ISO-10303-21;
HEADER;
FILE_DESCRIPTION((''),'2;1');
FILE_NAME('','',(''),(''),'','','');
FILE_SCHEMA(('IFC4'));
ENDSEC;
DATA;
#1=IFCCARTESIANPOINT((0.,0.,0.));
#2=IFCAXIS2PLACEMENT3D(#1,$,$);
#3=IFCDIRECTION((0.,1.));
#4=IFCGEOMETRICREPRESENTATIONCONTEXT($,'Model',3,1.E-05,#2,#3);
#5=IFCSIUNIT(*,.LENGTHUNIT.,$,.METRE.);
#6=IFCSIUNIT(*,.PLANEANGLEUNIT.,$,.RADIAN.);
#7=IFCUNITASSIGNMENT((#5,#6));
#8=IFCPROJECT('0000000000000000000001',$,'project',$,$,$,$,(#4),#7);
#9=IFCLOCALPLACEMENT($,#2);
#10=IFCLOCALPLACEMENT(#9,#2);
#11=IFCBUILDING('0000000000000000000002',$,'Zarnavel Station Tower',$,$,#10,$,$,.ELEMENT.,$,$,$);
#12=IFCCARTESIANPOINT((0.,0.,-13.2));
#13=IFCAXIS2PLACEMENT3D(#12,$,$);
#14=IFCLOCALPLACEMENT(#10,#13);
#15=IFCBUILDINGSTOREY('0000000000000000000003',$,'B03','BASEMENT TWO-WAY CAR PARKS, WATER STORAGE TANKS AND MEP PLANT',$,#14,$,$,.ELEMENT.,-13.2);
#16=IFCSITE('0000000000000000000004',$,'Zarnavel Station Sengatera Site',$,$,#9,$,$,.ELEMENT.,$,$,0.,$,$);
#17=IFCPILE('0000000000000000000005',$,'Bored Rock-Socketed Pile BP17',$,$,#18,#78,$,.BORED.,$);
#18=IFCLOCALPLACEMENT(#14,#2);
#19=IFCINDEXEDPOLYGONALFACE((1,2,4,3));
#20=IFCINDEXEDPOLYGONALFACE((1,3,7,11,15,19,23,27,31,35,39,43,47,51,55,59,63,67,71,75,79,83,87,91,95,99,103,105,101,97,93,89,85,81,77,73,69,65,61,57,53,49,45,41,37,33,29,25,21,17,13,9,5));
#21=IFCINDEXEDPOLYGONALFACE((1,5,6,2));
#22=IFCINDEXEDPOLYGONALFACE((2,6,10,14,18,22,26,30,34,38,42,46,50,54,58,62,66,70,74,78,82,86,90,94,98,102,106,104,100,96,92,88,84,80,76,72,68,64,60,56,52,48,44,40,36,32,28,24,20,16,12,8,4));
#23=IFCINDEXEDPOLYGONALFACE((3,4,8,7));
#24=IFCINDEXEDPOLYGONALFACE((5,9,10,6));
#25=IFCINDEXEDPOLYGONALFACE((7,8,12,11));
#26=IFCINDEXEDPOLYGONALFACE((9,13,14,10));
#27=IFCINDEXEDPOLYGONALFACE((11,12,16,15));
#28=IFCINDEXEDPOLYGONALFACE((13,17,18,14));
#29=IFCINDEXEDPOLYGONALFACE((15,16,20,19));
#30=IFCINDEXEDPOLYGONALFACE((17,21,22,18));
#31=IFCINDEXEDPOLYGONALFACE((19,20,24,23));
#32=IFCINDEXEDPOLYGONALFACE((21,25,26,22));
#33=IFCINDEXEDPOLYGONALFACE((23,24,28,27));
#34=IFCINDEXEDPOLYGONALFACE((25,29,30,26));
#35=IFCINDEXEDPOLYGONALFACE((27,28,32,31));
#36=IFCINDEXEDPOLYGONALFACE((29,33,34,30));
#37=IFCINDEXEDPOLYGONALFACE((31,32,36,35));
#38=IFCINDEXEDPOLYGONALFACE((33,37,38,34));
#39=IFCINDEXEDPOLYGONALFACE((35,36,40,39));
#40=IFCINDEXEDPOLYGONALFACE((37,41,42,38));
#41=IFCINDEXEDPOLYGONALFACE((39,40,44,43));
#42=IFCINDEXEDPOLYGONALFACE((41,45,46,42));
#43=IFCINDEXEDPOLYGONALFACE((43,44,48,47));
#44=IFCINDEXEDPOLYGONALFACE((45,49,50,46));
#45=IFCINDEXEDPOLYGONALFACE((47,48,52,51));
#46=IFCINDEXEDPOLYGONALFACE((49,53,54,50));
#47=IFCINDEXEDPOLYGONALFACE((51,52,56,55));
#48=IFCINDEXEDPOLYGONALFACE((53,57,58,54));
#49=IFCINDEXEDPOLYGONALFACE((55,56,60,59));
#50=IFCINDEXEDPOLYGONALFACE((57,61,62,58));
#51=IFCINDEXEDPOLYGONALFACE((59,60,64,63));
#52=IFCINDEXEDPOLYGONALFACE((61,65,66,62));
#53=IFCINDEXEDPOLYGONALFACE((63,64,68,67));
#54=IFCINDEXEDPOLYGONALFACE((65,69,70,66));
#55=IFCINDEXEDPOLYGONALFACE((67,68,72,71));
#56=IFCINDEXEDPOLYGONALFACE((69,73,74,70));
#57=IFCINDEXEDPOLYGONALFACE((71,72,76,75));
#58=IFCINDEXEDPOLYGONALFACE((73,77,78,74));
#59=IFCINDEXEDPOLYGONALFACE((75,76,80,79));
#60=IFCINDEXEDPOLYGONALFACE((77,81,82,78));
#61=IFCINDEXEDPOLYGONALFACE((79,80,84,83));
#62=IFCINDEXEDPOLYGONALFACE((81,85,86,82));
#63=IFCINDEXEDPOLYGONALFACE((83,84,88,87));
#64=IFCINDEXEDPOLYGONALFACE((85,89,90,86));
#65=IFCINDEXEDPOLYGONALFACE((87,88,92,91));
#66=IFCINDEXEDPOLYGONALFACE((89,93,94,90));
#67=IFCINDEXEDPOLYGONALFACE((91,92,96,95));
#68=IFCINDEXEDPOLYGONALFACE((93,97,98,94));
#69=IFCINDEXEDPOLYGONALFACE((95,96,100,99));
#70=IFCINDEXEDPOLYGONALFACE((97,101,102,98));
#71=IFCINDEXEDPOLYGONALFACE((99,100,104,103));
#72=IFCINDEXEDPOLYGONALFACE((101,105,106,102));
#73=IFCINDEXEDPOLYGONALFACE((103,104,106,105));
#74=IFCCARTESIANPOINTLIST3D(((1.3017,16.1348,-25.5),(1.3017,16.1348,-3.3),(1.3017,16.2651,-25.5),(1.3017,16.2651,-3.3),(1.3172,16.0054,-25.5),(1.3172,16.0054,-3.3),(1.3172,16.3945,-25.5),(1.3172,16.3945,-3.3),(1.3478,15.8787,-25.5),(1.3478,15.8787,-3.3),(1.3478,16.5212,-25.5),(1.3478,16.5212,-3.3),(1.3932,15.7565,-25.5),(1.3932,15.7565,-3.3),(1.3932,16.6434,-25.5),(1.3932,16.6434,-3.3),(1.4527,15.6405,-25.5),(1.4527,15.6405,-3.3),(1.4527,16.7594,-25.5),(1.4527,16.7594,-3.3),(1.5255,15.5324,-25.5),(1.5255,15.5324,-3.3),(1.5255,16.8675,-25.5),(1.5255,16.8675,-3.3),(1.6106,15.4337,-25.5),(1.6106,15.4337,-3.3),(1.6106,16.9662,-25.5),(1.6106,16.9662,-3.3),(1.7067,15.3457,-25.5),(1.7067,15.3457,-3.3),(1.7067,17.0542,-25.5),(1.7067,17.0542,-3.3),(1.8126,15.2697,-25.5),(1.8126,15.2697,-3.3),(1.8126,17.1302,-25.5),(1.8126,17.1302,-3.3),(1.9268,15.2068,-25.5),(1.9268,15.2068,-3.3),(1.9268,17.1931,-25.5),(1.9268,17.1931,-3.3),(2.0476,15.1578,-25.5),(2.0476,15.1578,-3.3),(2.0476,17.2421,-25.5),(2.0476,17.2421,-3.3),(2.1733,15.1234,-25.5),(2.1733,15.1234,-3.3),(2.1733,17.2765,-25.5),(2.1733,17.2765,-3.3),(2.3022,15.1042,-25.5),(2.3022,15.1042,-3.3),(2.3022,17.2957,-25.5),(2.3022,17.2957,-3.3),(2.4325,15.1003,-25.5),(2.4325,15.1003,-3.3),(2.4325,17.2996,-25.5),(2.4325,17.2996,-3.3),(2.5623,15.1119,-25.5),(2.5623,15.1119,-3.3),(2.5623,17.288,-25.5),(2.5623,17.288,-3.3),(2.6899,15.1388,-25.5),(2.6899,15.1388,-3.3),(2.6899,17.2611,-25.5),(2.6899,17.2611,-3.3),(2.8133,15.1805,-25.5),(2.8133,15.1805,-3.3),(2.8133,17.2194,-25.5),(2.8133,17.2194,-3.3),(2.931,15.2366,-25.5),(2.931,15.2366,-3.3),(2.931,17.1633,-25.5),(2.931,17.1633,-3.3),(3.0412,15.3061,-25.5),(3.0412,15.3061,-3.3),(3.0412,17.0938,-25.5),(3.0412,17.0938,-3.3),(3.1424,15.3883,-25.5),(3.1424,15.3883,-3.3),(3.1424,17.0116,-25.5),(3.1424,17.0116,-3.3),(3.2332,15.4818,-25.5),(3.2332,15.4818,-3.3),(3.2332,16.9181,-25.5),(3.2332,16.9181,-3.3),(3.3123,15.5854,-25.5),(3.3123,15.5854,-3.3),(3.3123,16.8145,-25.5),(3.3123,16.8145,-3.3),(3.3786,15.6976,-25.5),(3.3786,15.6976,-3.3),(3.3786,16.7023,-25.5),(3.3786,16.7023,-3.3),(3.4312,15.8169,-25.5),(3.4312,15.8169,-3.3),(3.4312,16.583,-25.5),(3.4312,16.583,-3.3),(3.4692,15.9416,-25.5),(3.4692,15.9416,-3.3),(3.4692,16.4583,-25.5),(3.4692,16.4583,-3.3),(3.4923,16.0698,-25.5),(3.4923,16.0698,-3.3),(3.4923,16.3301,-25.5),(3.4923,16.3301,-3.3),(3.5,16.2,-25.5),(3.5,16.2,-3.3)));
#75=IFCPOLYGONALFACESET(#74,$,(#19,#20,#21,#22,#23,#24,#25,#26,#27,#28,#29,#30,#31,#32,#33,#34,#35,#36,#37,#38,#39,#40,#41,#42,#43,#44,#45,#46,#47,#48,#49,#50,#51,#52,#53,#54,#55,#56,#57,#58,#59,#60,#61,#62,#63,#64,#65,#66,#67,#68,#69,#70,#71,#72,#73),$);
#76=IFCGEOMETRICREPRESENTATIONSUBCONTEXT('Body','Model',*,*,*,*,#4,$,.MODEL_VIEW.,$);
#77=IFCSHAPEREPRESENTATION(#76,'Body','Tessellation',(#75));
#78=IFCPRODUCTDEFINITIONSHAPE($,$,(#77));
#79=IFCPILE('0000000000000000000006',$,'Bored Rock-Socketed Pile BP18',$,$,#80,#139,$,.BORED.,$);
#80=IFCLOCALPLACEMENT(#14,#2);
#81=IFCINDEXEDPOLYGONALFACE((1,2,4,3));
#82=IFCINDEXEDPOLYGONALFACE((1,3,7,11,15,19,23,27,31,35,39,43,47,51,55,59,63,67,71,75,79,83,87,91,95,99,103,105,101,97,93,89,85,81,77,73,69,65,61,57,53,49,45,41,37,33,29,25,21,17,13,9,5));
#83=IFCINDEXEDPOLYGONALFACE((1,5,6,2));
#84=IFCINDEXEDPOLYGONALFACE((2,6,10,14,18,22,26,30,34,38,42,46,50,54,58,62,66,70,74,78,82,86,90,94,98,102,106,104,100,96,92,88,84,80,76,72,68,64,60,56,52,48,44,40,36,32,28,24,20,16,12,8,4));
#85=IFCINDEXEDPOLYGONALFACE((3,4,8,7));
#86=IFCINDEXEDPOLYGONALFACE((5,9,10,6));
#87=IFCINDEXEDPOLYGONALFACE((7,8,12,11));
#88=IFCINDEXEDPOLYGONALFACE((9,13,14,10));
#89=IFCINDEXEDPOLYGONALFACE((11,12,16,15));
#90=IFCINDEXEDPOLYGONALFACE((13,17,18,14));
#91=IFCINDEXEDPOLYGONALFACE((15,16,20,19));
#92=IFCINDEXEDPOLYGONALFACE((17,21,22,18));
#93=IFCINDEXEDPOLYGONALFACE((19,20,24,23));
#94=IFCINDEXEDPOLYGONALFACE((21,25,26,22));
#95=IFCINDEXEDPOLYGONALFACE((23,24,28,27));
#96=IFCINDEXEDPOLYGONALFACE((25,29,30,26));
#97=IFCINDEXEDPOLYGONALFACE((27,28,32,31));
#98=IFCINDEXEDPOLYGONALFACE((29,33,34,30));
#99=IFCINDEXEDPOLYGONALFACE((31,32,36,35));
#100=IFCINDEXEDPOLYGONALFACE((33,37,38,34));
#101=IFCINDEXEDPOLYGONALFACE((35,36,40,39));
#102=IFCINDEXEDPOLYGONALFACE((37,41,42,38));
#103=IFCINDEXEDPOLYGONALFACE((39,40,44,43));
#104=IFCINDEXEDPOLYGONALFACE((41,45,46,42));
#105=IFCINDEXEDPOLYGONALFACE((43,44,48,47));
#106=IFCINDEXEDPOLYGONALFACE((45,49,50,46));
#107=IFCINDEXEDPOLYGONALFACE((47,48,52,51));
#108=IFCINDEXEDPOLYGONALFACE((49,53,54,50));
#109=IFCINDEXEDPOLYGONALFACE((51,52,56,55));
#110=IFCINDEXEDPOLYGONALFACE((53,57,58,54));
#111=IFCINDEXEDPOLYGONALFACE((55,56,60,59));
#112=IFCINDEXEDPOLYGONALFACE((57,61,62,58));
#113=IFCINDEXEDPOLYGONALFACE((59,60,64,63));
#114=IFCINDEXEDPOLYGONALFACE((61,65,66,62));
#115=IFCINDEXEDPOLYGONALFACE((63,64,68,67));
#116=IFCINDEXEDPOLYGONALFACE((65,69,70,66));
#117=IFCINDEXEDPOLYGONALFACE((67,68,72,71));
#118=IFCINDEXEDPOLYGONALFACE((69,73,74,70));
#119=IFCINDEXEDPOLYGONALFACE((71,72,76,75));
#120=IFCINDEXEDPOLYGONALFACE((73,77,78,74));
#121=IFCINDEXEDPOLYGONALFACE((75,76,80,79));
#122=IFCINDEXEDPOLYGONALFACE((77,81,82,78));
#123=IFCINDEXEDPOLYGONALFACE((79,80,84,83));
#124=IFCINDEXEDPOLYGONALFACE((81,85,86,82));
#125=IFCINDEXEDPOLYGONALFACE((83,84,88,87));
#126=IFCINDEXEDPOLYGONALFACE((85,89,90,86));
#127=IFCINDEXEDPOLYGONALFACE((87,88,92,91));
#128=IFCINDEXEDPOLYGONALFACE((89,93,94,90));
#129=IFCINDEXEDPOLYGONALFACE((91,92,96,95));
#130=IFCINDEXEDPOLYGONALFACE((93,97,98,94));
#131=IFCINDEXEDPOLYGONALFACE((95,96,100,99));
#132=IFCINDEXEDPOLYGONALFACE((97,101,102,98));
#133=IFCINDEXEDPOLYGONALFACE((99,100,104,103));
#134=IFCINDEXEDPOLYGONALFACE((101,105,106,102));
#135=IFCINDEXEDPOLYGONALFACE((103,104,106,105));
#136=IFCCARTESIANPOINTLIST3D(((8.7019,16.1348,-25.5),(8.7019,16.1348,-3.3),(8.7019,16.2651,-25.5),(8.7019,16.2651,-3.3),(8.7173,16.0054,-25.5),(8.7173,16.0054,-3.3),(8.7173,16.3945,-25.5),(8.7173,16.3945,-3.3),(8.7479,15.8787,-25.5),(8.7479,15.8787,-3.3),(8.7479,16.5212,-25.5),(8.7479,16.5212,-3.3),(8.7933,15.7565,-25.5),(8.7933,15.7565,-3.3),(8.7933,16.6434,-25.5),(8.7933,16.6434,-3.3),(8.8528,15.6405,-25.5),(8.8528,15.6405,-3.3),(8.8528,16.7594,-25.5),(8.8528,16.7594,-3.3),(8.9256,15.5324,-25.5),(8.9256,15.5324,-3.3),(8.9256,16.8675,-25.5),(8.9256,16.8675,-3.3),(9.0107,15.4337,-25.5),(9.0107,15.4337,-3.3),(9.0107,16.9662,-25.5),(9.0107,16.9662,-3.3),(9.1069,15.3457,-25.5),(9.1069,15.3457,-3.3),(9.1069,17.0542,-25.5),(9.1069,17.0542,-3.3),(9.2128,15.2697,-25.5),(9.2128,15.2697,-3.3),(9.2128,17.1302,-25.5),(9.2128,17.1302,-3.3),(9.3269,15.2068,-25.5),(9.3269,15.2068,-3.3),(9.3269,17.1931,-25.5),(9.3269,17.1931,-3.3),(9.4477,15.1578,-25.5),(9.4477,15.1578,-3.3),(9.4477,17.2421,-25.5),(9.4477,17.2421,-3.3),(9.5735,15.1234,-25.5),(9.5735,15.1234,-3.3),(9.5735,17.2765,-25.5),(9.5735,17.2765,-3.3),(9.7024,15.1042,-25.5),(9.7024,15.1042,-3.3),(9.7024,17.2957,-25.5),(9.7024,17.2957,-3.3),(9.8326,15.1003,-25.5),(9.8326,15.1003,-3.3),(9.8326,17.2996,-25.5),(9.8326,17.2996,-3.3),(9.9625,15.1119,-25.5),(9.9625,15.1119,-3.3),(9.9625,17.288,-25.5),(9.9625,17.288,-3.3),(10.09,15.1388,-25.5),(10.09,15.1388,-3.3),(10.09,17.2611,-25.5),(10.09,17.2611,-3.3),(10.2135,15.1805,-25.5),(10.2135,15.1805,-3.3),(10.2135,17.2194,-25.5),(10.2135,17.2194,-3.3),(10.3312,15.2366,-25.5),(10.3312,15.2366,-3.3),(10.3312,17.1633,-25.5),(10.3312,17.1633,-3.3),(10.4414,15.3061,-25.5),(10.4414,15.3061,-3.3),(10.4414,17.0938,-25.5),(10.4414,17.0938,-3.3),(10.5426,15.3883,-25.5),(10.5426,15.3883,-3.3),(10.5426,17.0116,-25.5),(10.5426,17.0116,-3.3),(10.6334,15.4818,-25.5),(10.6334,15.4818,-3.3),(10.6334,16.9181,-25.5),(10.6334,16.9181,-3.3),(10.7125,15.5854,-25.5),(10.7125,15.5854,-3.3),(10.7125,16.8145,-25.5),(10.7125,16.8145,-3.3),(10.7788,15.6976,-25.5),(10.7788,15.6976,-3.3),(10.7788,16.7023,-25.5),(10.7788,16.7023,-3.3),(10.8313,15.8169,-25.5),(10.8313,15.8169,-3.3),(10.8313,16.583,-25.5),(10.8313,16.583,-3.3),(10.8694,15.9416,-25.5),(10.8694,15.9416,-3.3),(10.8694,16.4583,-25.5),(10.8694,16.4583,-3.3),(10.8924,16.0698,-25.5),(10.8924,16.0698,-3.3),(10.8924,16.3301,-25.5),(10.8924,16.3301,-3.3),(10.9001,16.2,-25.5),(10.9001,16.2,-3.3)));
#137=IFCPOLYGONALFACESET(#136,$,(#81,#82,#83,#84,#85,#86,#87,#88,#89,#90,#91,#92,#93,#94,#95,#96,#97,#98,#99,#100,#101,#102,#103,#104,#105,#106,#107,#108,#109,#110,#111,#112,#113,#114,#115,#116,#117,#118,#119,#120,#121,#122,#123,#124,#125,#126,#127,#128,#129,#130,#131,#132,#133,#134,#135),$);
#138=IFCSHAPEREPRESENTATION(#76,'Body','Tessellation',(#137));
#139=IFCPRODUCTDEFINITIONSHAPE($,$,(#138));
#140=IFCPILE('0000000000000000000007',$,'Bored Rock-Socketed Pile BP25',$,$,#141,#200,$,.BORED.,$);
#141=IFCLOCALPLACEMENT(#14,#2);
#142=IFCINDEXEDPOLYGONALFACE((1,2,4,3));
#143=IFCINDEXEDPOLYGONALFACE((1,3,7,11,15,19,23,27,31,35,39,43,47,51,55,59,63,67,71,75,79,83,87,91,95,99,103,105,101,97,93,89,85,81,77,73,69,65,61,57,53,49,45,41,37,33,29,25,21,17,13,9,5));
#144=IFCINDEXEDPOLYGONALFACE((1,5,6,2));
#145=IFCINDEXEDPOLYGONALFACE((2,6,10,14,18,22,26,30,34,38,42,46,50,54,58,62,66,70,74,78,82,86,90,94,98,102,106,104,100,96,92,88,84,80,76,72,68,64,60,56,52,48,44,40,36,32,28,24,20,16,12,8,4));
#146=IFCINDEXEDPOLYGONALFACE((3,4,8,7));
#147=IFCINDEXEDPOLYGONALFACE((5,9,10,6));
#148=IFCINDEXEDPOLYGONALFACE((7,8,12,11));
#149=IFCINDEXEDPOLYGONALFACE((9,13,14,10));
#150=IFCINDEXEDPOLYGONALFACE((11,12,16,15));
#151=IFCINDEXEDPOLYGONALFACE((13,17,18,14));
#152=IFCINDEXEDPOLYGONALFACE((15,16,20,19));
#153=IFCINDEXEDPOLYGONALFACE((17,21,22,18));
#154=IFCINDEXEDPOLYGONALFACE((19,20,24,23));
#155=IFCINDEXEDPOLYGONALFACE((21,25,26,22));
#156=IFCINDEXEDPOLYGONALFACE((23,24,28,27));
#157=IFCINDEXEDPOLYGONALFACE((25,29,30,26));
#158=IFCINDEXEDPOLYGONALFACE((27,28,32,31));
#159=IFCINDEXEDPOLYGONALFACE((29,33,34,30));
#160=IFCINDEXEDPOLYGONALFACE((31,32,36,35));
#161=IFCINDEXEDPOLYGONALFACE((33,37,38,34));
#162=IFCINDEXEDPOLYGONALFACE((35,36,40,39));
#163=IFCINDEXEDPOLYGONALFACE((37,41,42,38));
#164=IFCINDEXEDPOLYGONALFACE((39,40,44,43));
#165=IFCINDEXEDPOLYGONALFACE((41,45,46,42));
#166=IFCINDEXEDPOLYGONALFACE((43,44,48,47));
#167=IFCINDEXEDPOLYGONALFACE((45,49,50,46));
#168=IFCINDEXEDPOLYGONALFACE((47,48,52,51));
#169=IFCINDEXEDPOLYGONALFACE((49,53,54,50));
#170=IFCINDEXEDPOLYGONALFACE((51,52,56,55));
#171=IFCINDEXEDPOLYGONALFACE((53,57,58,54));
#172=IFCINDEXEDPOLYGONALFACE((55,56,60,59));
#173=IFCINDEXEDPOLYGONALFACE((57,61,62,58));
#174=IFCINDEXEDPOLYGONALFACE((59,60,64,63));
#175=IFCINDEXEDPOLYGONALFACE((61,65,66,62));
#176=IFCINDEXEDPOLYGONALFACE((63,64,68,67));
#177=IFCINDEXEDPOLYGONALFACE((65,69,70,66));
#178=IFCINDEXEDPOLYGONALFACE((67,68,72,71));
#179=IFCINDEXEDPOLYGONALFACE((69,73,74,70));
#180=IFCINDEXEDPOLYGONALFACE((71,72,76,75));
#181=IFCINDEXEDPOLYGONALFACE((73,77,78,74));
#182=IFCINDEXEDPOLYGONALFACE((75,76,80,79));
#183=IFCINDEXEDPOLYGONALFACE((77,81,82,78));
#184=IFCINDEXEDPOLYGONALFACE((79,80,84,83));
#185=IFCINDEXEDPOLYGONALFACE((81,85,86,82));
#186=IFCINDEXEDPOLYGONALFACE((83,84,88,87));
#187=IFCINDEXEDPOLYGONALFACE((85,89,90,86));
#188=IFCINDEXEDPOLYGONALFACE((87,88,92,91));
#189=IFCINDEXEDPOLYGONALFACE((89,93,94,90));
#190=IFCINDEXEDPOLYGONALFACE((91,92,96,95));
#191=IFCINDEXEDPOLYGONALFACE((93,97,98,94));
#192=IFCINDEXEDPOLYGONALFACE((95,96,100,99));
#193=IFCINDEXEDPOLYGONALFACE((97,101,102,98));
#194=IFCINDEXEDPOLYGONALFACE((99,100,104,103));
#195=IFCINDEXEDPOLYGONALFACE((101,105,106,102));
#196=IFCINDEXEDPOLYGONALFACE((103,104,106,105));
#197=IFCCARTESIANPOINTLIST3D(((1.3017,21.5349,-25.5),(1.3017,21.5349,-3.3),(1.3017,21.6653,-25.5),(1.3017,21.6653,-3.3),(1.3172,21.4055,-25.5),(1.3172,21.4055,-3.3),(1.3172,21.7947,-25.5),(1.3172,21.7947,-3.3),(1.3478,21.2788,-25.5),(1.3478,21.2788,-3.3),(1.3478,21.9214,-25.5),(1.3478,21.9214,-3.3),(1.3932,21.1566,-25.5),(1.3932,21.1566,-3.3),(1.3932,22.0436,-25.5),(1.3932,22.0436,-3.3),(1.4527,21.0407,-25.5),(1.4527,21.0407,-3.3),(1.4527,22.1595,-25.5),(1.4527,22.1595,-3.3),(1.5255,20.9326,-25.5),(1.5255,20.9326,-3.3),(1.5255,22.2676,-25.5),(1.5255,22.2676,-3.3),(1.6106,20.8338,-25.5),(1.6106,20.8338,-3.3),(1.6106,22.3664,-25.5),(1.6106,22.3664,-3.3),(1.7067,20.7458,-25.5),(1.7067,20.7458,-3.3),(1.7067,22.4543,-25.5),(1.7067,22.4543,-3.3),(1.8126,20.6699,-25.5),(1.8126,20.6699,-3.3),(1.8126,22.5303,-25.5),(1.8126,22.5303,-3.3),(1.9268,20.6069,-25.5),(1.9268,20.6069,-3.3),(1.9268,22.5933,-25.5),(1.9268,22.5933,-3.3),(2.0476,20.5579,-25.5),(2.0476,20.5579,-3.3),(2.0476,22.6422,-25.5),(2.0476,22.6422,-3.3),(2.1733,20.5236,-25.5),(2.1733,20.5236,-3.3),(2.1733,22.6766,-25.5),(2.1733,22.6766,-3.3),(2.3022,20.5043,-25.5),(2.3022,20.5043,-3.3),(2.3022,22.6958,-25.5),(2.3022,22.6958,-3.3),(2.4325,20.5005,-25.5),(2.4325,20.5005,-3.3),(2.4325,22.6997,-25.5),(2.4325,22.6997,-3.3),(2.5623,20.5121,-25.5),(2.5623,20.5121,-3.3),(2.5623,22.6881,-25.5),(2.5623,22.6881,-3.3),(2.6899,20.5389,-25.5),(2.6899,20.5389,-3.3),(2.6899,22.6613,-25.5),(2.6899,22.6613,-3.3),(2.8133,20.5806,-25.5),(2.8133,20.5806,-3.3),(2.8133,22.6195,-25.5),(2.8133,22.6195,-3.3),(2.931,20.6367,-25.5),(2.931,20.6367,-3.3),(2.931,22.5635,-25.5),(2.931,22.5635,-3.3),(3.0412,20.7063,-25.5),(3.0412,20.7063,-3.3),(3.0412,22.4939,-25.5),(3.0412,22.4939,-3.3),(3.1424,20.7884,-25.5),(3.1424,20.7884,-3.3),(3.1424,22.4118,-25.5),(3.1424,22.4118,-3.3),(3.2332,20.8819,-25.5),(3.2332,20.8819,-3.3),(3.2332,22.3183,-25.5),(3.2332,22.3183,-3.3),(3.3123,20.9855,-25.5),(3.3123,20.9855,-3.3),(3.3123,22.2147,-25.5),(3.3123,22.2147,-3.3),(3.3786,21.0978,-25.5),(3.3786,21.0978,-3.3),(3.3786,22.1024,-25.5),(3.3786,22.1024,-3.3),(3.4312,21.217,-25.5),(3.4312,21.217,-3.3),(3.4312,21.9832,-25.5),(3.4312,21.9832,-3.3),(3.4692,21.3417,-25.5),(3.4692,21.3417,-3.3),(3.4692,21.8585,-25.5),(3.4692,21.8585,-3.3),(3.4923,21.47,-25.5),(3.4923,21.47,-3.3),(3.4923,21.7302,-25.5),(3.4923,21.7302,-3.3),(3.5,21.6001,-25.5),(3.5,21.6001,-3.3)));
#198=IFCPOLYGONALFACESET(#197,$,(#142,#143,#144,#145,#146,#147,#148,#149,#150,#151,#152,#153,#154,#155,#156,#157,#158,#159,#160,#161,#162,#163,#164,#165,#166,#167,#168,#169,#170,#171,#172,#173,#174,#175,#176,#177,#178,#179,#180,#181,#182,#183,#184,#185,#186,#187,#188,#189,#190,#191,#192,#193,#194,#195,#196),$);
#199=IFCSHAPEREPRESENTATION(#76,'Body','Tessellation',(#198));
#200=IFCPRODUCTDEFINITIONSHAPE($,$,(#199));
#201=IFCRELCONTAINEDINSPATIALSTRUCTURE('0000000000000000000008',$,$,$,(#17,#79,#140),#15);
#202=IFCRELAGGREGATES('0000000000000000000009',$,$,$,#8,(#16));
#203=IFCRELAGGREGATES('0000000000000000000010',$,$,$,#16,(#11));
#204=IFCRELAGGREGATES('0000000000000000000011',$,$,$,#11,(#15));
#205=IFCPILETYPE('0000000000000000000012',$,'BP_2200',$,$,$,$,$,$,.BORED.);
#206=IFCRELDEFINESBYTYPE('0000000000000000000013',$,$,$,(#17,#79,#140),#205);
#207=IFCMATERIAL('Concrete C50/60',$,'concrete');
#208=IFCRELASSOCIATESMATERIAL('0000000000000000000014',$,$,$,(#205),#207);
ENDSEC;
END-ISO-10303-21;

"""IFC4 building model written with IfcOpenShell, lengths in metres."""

from ifc_helpers import new_model, si_unit, direction, frame, origin, origin_2d, place, context, subcontext, project, spatial, circle, extrude, material, material_profile, profile_set, type_object, element, save


model = new_model("IFC4")

# Units and contexts
model_context = context("Model", 3, precision=1e-05, world=origin(), true_north=direction((0.0, 1.0)))
body_context = subcontext(model_context, "Body", "Model", "MODEL_VIEW")
ifc_project = project(units=[si_unit("LENGTHUNIT", "METRE"), si_unit("PLANEANGLEUNIT", "RADIAN")], contexts=[model_context])

# Site, building, storey
site_placement = place(None, origin())
site = spatial("IfcSite", under=ifc_project, at=site_placement, Name="Zarnavel Station Sengatera Site", CompositionType="ELEMENT", RefElevation=0.0)
building_placement = place(site_placement, origin())
building = spatial("IfcBuilding", under=site, at=building_placement, Name="Zarnavel Station Tower", CompositionType="ELEMENT")
storey_placement = place(building_placement, frame((0.0, 0.0, -13.2)))
storey = spatial("IfcBuildingStorey", under=building, at=storey_placement, Name="B03", Description="BASEMENT TWO-WAY CAR PARKS, WATER STORAGE TANKS AND MEP PLANT", CompositionType="ELEMENT", Elevation=-13.2)

# Piles
ifc_material_1 = material(Name="Concrete C50/60", Category="concrete")
ifc_material_profile_1 = material_profile(ifc_material_1, circle(Radius=1.1001, at=origin_2d()), Name="PILE2200")
ifc_profile_set_1 = profile_set([ifc_material_profile_1], Name="Concrete C50/60")
pile_type = type_object("IfcPileType", Name="BP_2200", PredefinedType="BORED", material=ifc_profile_set_1)
for number, where, z_axis, x_axis, name in (
    (1, (2.3999, 16.2, -3.3), (0.0, 0.0, -1.0), (1.0, 0.0, 0.0), "Bored Rock-Socketed Pile BP17"),
    (2, (9.8, 16.2, -3.3), (0.0, 0.0, -1.0), (1.0, 0.0, 0.0), "Bored Rock-Socketed Pile BP18"),
    (3, (2.3999, 21.6001, -3.3), (0.0, 0.0, -1.0), (1.0, 0.0, 0.0), "Bored Rock-Socketed Pile BP25"),
):
    element("IfcPile", number, at=place(storey_placement, frame(where, z_axis=z_axis, x_axis=x_axis)), inside=storey, type_object=pile_type, Name=name, PredefinedType="BORED", context=body_context, shape_type="SweptSolid", body=[
        extrude(circle(Radius=1.1001, at=origin_2d()), origin(), (0.0, 0.0, 1.0), 22.2),
    ])

save(model, "model.ifc")
